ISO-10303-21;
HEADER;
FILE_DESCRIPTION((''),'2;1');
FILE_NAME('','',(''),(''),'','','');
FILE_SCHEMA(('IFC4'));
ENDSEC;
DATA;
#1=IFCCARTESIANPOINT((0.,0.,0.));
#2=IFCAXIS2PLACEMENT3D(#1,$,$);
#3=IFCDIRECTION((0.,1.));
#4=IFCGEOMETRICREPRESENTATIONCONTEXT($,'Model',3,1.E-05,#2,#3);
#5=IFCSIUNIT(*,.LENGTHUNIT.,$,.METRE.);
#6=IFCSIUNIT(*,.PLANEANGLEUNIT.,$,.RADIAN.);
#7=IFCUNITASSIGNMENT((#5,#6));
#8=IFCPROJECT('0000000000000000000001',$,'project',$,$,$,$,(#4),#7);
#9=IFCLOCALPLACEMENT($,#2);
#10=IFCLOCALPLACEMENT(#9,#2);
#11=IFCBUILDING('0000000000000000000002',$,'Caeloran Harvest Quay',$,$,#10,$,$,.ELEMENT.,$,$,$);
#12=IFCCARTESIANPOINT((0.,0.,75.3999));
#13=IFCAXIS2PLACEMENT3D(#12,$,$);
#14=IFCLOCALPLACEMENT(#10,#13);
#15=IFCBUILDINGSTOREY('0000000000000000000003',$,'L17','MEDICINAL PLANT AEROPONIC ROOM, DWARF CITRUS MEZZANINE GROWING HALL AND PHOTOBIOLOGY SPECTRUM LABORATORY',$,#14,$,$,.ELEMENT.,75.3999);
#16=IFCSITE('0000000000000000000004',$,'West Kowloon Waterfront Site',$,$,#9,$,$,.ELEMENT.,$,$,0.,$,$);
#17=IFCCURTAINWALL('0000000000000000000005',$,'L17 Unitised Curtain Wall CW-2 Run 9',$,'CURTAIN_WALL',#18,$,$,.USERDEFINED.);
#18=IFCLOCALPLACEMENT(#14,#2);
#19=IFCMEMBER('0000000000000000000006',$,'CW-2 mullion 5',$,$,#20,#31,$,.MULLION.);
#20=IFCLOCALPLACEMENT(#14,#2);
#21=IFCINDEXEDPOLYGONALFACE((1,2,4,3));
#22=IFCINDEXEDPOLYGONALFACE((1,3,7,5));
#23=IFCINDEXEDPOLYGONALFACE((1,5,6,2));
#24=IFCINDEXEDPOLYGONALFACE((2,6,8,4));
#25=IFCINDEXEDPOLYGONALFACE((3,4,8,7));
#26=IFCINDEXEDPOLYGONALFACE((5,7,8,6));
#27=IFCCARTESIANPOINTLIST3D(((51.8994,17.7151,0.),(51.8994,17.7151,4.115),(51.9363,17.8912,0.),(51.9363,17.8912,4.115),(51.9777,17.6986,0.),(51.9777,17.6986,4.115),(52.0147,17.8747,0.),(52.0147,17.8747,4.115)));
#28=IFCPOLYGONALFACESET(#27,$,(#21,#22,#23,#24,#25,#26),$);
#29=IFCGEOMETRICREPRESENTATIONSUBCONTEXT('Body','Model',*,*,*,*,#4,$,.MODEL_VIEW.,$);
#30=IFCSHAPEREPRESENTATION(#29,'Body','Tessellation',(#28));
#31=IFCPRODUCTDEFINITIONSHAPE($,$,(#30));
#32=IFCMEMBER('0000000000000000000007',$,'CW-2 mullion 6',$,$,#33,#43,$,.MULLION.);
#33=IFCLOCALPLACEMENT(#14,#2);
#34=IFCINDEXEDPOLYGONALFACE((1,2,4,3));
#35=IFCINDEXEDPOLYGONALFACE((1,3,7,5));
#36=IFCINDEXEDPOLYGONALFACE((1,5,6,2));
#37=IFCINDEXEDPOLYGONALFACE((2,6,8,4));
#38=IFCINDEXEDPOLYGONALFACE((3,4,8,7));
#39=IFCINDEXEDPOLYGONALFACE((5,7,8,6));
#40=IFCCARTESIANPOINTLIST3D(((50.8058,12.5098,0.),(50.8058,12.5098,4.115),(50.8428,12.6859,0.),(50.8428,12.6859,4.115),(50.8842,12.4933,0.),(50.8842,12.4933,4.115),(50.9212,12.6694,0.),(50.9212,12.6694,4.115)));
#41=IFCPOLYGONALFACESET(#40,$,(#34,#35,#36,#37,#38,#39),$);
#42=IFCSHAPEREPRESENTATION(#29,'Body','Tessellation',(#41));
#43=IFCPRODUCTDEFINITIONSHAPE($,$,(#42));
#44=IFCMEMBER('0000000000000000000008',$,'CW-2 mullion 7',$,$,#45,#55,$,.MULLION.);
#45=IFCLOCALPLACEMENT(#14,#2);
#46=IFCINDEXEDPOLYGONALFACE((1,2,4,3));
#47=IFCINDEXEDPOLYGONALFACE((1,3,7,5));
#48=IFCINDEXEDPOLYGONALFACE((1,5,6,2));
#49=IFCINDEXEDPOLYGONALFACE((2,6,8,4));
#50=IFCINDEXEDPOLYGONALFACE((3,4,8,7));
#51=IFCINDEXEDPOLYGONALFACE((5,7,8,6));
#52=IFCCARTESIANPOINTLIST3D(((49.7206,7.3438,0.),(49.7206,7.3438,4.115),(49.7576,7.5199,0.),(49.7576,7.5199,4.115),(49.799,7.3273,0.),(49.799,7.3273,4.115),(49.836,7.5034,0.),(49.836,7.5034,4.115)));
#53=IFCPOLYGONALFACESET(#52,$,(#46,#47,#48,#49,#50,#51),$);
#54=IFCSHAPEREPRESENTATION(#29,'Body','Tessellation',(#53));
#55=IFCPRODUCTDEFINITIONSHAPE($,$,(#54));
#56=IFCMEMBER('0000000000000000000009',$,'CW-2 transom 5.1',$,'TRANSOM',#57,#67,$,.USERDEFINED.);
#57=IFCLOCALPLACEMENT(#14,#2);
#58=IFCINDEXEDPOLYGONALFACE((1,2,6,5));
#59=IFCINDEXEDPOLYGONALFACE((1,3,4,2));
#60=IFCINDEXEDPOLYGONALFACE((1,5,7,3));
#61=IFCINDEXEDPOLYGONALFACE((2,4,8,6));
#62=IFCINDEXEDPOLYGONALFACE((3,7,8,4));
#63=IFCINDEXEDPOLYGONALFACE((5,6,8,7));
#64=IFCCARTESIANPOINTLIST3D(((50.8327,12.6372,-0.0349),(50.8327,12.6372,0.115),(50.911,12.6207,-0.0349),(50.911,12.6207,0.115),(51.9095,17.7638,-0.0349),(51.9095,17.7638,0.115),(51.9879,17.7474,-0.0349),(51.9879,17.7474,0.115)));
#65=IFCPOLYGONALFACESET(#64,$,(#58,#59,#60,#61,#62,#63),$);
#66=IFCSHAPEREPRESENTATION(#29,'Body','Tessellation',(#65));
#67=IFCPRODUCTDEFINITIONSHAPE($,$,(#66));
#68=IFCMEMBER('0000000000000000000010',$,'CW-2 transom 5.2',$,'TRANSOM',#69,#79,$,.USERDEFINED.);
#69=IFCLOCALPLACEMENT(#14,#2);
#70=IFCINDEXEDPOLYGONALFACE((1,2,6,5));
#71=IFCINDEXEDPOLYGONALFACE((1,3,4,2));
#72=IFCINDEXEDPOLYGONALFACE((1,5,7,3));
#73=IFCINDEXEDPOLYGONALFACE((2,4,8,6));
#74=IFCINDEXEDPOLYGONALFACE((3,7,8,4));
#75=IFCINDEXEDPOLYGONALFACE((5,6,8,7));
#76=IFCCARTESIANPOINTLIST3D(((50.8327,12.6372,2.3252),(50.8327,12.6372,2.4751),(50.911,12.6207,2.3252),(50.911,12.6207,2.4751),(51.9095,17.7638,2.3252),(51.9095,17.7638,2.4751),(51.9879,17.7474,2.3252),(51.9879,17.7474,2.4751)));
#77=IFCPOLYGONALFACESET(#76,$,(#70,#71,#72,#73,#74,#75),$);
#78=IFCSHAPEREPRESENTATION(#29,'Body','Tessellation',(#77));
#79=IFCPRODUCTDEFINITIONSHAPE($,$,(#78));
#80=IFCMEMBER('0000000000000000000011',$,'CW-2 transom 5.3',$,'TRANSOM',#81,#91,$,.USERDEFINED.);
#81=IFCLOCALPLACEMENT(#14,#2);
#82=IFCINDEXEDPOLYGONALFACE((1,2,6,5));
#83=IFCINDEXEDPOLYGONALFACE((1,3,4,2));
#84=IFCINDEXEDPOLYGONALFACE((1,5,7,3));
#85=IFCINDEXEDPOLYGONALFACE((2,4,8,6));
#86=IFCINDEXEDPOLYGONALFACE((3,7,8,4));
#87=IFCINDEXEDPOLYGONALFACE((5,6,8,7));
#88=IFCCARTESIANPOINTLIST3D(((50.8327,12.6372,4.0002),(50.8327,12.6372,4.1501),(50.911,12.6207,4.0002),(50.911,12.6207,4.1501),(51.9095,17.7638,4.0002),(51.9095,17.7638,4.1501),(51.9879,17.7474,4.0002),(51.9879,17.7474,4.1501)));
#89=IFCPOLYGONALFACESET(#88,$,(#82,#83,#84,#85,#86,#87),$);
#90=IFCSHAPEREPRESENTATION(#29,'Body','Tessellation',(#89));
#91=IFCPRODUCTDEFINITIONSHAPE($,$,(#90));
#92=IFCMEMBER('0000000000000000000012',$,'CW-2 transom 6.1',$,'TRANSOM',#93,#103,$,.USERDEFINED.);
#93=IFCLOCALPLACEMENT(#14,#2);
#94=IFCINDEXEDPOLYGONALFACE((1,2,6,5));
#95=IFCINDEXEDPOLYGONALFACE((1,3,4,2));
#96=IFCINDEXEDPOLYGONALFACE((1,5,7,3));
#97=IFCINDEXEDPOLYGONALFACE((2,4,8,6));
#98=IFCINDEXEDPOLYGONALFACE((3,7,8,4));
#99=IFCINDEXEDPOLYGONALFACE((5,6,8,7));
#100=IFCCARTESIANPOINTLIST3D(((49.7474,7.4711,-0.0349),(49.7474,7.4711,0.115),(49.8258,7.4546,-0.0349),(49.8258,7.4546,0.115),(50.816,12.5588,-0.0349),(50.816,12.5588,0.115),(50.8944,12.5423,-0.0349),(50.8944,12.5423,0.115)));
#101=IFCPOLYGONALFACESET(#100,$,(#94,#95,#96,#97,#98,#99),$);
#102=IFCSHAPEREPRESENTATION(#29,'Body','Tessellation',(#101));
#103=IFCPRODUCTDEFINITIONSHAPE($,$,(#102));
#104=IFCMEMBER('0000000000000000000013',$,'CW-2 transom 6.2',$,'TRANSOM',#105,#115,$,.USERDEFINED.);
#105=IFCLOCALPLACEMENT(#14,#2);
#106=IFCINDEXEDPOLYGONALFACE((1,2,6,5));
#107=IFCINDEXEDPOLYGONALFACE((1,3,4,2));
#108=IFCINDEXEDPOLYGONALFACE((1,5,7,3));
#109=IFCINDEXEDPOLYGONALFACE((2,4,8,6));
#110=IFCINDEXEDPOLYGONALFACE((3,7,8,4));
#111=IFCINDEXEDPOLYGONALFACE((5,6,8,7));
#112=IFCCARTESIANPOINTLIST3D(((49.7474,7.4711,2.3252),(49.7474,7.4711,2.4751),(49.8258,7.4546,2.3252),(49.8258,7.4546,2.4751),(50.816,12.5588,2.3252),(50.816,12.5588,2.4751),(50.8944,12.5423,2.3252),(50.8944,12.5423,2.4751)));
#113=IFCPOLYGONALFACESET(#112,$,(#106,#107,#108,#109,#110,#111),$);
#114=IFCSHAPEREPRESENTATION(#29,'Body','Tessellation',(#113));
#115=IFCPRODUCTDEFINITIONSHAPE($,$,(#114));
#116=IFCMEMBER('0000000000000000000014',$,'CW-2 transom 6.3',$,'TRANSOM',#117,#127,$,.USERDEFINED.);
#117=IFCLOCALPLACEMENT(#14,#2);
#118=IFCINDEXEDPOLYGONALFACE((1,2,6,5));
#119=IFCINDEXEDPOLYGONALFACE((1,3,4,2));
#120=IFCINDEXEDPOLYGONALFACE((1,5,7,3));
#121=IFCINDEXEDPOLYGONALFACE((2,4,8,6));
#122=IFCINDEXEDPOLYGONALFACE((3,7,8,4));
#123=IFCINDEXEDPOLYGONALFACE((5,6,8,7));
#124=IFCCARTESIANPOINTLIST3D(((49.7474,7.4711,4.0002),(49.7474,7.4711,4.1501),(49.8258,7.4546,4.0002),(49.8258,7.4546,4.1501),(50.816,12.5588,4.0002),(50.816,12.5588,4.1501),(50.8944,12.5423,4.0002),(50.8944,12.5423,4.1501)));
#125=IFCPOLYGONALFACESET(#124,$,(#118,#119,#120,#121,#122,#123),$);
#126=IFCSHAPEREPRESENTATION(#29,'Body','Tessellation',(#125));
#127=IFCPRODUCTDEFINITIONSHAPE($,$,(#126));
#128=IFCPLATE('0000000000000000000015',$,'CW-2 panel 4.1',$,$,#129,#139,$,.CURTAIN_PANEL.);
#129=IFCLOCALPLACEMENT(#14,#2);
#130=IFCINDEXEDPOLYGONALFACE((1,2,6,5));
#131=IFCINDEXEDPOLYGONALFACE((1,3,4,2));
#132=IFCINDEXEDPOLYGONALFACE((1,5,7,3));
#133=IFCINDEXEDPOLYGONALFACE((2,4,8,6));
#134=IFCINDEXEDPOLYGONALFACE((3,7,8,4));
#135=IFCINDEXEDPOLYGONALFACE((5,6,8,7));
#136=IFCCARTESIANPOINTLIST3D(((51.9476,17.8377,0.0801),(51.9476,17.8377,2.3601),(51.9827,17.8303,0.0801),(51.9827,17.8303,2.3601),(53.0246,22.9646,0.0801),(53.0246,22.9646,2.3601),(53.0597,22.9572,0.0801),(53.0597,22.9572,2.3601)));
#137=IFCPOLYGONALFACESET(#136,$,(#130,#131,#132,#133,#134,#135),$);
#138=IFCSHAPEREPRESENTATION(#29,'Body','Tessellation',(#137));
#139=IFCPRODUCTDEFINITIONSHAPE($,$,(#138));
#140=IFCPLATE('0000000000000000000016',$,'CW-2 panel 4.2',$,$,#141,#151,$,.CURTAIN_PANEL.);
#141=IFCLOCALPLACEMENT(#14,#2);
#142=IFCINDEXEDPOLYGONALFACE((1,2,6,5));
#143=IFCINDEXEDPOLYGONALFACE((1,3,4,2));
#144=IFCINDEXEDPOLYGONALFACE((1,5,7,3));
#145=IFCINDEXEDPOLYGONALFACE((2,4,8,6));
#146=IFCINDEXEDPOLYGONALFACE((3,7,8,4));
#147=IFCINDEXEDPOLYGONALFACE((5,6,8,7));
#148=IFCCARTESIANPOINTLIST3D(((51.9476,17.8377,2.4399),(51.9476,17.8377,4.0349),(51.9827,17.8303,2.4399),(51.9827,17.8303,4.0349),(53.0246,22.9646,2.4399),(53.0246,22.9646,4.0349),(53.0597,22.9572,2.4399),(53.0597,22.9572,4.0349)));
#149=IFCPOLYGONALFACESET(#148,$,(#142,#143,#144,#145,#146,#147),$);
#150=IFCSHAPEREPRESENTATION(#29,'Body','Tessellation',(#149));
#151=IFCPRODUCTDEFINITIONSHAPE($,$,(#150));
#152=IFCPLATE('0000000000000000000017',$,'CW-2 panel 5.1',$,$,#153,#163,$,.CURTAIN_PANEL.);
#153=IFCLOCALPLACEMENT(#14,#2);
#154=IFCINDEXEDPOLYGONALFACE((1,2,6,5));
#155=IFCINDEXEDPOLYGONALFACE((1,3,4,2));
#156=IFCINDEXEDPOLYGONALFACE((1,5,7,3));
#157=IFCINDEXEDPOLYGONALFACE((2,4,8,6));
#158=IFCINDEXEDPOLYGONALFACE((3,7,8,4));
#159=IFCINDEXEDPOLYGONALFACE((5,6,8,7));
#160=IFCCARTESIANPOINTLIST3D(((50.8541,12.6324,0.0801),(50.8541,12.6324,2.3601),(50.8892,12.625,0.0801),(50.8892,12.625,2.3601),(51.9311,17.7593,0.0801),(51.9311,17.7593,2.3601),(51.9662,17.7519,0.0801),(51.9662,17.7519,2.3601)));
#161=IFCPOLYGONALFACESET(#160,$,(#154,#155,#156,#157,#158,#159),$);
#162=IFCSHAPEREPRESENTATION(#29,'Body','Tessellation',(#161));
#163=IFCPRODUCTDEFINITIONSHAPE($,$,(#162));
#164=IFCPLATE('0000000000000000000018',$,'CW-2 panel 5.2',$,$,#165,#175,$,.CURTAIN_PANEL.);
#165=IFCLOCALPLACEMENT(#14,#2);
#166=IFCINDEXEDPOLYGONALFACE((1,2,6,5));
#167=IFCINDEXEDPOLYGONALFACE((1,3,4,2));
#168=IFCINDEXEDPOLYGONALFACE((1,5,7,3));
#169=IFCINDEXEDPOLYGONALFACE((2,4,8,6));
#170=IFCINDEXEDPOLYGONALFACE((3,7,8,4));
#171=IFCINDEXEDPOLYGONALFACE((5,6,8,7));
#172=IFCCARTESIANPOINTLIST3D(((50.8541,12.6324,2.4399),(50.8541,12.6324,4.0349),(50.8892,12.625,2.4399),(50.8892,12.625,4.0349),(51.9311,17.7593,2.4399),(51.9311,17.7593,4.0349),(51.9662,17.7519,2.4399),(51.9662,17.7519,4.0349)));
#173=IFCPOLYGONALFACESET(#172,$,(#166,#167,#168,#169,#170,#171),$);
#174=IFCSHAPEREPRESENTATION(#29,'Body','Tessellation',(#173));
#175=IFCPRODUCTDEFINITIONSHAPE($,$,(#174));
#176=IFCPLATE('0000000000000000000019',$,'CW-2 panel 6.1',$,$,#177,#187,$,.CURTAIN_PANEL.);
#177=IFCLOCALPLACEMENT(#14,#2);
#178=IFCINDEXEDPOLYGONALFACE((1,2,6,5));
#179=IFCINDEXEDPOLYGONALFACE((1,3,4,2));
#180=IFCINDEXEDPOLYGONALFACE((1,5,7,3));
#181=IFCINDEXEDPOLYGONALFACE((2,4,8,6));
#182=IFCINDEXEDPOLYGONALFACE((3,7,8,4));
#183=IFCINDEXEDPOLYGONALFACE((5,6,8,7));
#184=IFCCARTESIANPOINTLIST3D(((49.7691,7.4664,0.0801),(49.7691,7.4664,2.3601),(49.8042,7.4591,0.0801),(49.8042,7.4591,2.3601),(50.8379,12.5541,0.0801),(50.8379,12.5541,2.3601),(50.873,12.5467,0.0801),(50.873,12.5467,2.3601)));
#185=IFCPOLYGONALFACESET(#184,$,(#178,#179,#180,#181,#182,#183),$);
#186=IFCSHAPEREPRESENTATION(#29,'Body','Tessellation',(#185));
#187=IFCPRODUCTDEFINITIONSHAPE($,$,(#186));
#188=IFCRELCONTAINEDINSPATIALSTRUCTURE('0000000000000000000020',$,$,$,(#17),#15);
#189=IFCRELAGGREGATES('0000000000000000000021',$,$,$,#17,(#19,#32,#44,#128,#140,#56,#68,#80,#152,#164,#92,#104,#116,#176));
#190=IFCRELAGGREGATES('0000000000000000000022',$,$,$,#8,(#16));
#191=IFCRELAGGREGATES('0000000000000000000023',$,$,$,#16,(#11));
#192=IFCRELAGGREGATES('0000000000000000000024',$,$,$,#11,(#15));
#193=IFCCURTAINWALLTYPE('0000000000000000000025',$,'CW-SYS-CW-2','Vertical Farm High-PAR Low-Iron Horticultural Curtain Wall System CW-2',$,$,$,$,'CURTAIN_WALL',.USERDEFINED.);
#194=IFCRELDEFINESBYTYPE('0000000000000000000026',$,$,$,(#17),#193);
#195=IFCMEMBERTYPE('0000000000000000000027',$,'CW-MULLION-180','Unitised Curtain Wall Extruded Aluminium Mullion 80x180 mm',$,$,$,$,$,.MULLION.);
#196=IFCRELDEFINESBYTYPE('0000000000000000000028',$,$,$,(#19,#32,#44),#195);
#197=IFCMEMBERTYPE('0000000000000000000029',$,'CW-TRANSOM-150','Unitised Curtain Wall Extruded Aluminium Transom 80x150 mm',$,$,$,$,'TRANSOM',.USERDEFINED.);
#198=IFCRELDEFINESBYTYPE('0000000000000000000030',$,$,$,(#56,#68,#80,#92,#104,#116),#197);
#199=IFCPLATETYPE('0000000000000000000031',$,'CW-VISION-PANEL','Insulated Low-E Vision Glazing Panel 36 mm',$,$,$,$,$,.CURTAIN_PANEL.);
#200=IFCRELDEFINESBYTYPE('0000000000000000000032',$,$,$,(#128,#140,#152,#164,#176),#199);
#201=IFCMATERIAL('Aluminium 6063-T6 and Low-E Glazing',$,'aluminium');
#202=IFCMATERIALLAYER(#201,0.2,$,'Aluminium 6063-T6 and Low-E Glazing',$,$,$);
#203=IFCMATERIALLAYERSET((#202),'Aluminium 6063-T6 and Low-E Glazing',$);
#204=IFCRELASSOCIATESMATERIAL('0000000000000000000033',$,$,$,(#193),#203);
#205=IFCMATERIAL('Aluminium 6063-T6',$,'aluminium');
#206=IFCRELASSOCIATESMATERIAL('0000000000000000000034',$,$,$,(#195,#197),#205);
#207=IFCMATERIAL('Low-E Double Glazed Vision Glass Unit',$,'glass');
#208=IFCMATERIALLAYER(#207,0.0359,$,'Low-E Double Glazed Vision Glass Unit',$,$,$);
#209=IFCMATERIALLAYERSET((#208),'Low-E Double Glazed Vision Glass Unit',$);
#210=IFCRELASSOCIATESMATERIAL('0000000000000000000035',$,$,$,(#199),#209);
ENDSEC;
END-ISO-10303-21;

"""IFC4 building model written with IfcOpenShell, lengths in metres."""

from ifc_helpers import new_model, si_unit, direction, frame, origin, origin_2d, place, context, subcontext, project, spatial, rectangle, extrude, material, layer, layer_set, material_profile, profile_set, type_object, element, aggregate, save


model = new_model("IFC4")

# Units and contexts
model_context = context("Model", 3, precision=1e-05, world=origin(), true_north=direction((0.0, 1.0)))
body_context = subcontext(model_context, "Body", "Model", "MODEL_VIEW")
ifc_project = project(units=[si_unit("LENGTHUNIT", "METRE"), si_unit("PLANEANGLEUNIT", "RADIAN")], contexts=[model_context])

# Site, building, storey
site_placement = place(None, origin())
site = spatial("IfcSite", under=ifc_project, at=site_placement, Name="West Kowloon Waterfront Site", CompositionType="ELEMENT", RefElevation=0.0)
building_placement = place(site_placement, origin())
building = spatial("IfcBuilding", under=site, at=building_placement, Name="Caeloran Harvest Quay", CompositionType="ELEMENT")
storey_placement = place(building_placement, frame((0.0, 0.0, 75.3999)))
storey = spatial("IfcBuildingStorey", under=building, at=storey_placement, Name="L17", Description="MEDICINAL PLANT AEROPONIC ROOM, DWARF CITRUS MEZZANINE GROWING HALL AND PHOTOBIOLOGY SPECTRUM LABORATORY", CompositionType="ELEMENT", Elevation=75.3999)

# Curtain wall, members, plates
ifc_material_1 = material(Name="Aluminium 6063-T6 and Low-E Glazing", Category="aluminium")
ifc_layer_1 = layer(ifc_material_1, 0.2, Name="Aluminium 6063-T6 and Low-E Glazing")
ifc_layer_set_1 = layer_set([ifc_layer_1], Name="Aluminium 6063-T6 and Low-E Glazing")
curtain_wall_type = type_object("IfcCurtainWallType", Name="CW-SYS-CW-2", Description="Vertical Farm High-PAR Low-Iron Horticultural Curtain Wall System CW-2", ElementType="CURTAIN_WALL", PredefinedType="USERDEFINED", material=ifc_layer_set_1)
curtain_wall_placement = place(storey_placement, origin())
curtain_wall = element("IfcCurtainWall", 1, at=curtain_wall_placement, inside=storey, type_object=curtain_wall_type, Name="L17 Unitised Curtain Wall CW-2 Run 9", ObjectType="CURTAIN_WALL", PredefinedType="USERDEFINED")
ifc_material_2 = material(Name="Aluminium 6063-T6", Category="aluminium")
ifc_material_profile_1 = material_profile(ifc_material_2, rectangle(XDim=0.0801, YDim=0.1799, at=origin_2d()), Name="CW-MULLION-180")
ifc_profile_set_1 = profile_set([ifc_material_profile_1], Name="Aluminium 6063-T6")
member_type_1 = type_object("IfcMemberType", Name="CW-MULLION-180", Description="Unitised Curtain Wall Extruded Aluminium Mullion 80x180 mm", PredefinedType="MULLION", material=ifc_profile_set_1)
member_1_placement = place(storey_placement, frame((51.957, 17.7949, 0.0), z_axis=(0.0, 0.0, 1.0), x_axis=(0.97864, -0.205583, 0.0)))
member_1 = element("IfcMember", 2, at=member_1_placement, type_object=member_type_1, Name="CW-2 mullion 5", PredefinedType="MULLION", context=body_context, shape_type="SweptSolid", body=[
    extrude(rectangle(XDim=0.0801, YDim=0.1799, at=origin_2d()), origin(), (0.0, 0.0, 1.0), 4.115),
])
member_2_placement = place(storey_placement, frame((50.8635, 12.5896, 0.0), z_axis=(0.0, 0.0, 1.0), x_axis=(0.97864, -0.205583, 0.0)))
member_2 = element("IfcMember", 3, at=member_2_placement, type_object=member_type_1, Name="CW-2 mullion 6", PredefinedType="MULLION", context=body_context, shape_type="SweptSolid", body=[
    extrude(rectangle(XDim=0.0801, YDim=0.1799, at=origin_2d()), origin(), (0.0, 0.0, 1.0), 4.115),
])
member_3_placement = place(storey_placement, frame((49.7783, 7.4236, 0.0), z_axis=(0.0, 0.0, 1.0), x_axis=(0.97864, -0.205583, 0.0)))
member_3 = element("IfcMember", 4, at=member_3_placement, type_object=member_type_1, Name="CW-2 mullion 7", PredefinedType="MULLION", context=body_context, shape_type="SweptSolid", body=[
    extrude(rectangle(XDim=0.0801, YDim=0.1799, at=origin_2d()), origin(), (0.0, 0.0, 1.0), 4.115),
])
ifc_material_profile_2 = material_profile(ifc_material_2, rectangle(XDim=0.0801, YDim=0.1499, at=origin_2d()), Name="CW-TRANSOM-150")
ifc_profile_set_2 = profile_set([ifc_material_profile_2], Name="Aluminium 6063-T6")
member_type_2 = type_object("IfcMemberType", Name="CW-TRANSOM-150", Description="Unitised Curtain Wall Extruded Aluminium Transom 80x150 mm", ElementType="TRANSOM", PredefinedType="USERDEFINED", material=ifc_profile_set_2)
member_4_placement = place(storey_placement, frame((51.9487, 17.7556, 0.04), z_axis=(-0.205571, -0.978642, 0.0), x_axis=(0.978642, -0.205571, 0.0)))
member_4 = element("IfcMember", 5, at=member_4_placement, type_object=member_type_2, Name="CW-2 transom 5.1", ObjectType="TRANSOM", PredefinedType="USERDEFINED", context=body_context, shape_type="SweptSolid", body=[
    extrude(rectangle(XDim=0.0801, YDim=0.1499, at=origin_2d()), origin(), (0.0, 0.0, 1.0), 5.2385),
])
member_5_placement = place(storey_placement, frame((51.9487, 17.7556, 2.4001), z_axis=(-0.205571, -0.978642, 0.0), x_axis=(0.978642, -0.205571, 0.0)))
member_5 = element("IfcMember", 6, at=member_5_placement, type_object=member_type_2, Name="CW-2 transom 5.2", ObjectType="TRANSOM", PredefinedType="USERDEFINED", context=body_context, shape_type="SweptSolid", body=[
    extrude(rectangle(XDim=0.0801, YDim=0.1499, at=origin_2d()), origin(), (0.0, 0.0, 1.0), 5.2385),
])
member_6_placement = place(storey_placement, frame((51.9487, 17.7556, 4.0752), z_axis=(-0.205571, -0.978642, 0.0), x_axis=(0.978642, -0.205571, 0.0)))
member_6 = element("IfcMember", 7, at=member_6_placement, type_object=member_type_2, Name="CW-2 transom 5.3", ObjectType="TRANSOM", PredefinedType="USERDEFINED", context=body_context, shape_type="SweptSolid", body=[
    extrude(rectangle(XDim=0.0801, YDim=0.1499, at=origin_2d()), origin(), (0.0, 0.0, 1.0), 5.2385),
])
member_7_placement = place(storey_placement, frame((50.8552, 12.5505, 0.04), z_axis=(-0.205554, -0.978646, 0.0), x_axis=(0.978646, -0.205554, 0.0)))
member_7 = element("IfcMember", 8, at=member_7_placement, type_object=member_type_2, Name="CW-2 transom 6.1", ObjectType="TRANSOM", PredefinedType="USERDEFINED", context=body_context, shape_type="SweptSolid", body=[
    extrude(rectangle(XDim=0.0801, YDim=0.1499, at=origin_2d()), origin(), (0.0, 0.0, 1.0), 5.1987),
])
member_8_placement = place(storey_placement, frame((50.8552, 12.5505, 2.4001), z_axis=(-0.205554, -0.978646, 0.0), x_axis=(0.978646, -0.205554, 0.0)))
member_8 = element("IfcMember", 9, at=member_8_placement, type_object=member_type_2, Name="CW-2 transom 6.2", ObjectType="TRANSOM", PredefinedType="USERDEFINED", context=body_context, shape_type="SweptSolid", body=[
    extrude(rectangle(XDim=0.0801, YDim=0.1499, at=origin_2d()), origin(), (0.0, 0.0, 1.0), 5.1987),
])
member_9_placement = place(storey_placement, frame((50.8552, 12.5505, 4.0752), z_axis=(-0.205554, -0.978646, 0.0), x_axis=(0.978646, -0.205554, 0.0)))
member_9 = element("IfcMember", 10, at=member_9_placement, type_object=member_type_2, Name="CW-2 transom 6.3", ObjectType="TRANSOM", PredefinedType="USERDEFINED", context=body_context, shape_type="SweptSolid", body=[
    extrude(rectangle(XDim=0.0801, YDim=0.1499, at=origin_2d()), origin(), (0.0, 0.0, 1.0), 5.1987),
])
ifc_material_3 = material(Name="Low-E Double Glazed Vision Glass Unit", Category="glass")
ifc_layer_2 = layer(ifc_material_3, 0.0359, Name="Low-E Double Glazed Vision Glass Unit")
ifc_layer_set_2 = layer_set([ifc_layer_2], Name="Low-E Double Glazed Vision Glass Unit")
plate_type_1 = type_object("IfcPlateType", Name="CW-VISION-PANEL", Description="Insulated Low-E Vision Glazing Panel 36 mm", PredefinedType="CURTAIN_PANEL", material=ifc_layer_set_2)
plate_1_placement = place(storey_placement, frame((52.5037, 20.3975, 0.0801), z_axis=(0.0, 0.0, 1.0), x_axis=(-0.205583, -0.97864, 0.0)))
plate_1 = element("IfcPlate", 11, at=plate_1_placement, type_object=plate_type_1, Name="CW-2 panel 4.1", PredefinedType="CURTAIN_PANEL", context=body_context, shape_type="SweptSolid", body=[
    extrude(rectangle(XDim=5.2388, YDim=0.0359, at=origin_2d()), origin(), (0.0, 0.0, 1.0), 2.28),
])
plate_2_placement = place(storey_placement, frame((52.5037, 20.3975, 2.4399), z_axis=(0.0, 0.0, 1.0), x_axis=(-0.205583, -0.97864, 0.0)))
plate_2 = element("IfcPlate", 12, at=plate_2_placement, type_object=plate_type_1, Name="CW-2 panel 4.2", PredefinedType="CURTAIN_PANEL", context=body_context, shape_type="SweptSolid", body=[
    extrude(rectangle(XDim=5.2388, YDim=0.0359, at=origin_2d()), origin(), (0.0, 0.0, 1.0), 1.595),
])
plate_3_placement = place(storey_placement, frame((51.4102, 15.1921, 0.0801), z_axis=(0.0, 0.0, 1.0), x_axis=(-0.205583, -0.97864, 0.0)))
plate_3 = element("IfcPlate", 13, at=plate_3_placement, type_object=plate_type_1, Name="CW-2 panel 5.1", PredefinedType="CURTAIN_PANEL", context=body_context, shape_type="SweptSolid", body=[
    extrude(rectangle(XDim=5.2388, YDim=0.0359, at=origin_2d()), origin(), (0.0, 0.0, 1.0), 2.28),
])
plate_4_placement = place(storey_placement, frame((51.4102, 15.1921, 2.4399), z_axis=(0.0, 0.0, 1.0), x_axis=(-0.205583, -0.97864, 0.0)))
plate_4 = element("IfcPlate", 14, at=plate_4_placement, type_object=plate_type_1, Name="CW-2 panel 5.2", PredefinedType="CURTAIN_PANEL", context=body_context, shape_type="SweptSolid", body=[
    extrude(rectangle(XDim=5.2388, YDim=0.0359, at=origin_2d()), origin(), (0.0, 0.0, 1.0), 1.595),
])
plate_5_placement = place(storey_placement, frame((50.321, 10.0066, 0.0801), z_axis=(0.0, 0.0, 1.0), x_axis=(-0.205583, -0.97864, 0.0)))
plate_5 = element("IfcPlate", 15, at=plate_5_placement, type_object=plate_type_1, Name="CW-2 panel 6.1", PredefinedType="CURTAIN_PANEL", context=body_context, shape_type="SweptSolid", body=[
    extrude(rectangle(XDim=5.1987, YDim=0.0359, at=origin_2d()), origin(), (0.0, 0.0, 1.0), 2.28),
])
aggregate(curtain_wall, [member_1, member_2, member_3, plate_1, plate_2, member_4, member_5, member_6, plate_3, plate_4, member_7, member_8, member_9, plate_5])

save(model, "model.ifc")
